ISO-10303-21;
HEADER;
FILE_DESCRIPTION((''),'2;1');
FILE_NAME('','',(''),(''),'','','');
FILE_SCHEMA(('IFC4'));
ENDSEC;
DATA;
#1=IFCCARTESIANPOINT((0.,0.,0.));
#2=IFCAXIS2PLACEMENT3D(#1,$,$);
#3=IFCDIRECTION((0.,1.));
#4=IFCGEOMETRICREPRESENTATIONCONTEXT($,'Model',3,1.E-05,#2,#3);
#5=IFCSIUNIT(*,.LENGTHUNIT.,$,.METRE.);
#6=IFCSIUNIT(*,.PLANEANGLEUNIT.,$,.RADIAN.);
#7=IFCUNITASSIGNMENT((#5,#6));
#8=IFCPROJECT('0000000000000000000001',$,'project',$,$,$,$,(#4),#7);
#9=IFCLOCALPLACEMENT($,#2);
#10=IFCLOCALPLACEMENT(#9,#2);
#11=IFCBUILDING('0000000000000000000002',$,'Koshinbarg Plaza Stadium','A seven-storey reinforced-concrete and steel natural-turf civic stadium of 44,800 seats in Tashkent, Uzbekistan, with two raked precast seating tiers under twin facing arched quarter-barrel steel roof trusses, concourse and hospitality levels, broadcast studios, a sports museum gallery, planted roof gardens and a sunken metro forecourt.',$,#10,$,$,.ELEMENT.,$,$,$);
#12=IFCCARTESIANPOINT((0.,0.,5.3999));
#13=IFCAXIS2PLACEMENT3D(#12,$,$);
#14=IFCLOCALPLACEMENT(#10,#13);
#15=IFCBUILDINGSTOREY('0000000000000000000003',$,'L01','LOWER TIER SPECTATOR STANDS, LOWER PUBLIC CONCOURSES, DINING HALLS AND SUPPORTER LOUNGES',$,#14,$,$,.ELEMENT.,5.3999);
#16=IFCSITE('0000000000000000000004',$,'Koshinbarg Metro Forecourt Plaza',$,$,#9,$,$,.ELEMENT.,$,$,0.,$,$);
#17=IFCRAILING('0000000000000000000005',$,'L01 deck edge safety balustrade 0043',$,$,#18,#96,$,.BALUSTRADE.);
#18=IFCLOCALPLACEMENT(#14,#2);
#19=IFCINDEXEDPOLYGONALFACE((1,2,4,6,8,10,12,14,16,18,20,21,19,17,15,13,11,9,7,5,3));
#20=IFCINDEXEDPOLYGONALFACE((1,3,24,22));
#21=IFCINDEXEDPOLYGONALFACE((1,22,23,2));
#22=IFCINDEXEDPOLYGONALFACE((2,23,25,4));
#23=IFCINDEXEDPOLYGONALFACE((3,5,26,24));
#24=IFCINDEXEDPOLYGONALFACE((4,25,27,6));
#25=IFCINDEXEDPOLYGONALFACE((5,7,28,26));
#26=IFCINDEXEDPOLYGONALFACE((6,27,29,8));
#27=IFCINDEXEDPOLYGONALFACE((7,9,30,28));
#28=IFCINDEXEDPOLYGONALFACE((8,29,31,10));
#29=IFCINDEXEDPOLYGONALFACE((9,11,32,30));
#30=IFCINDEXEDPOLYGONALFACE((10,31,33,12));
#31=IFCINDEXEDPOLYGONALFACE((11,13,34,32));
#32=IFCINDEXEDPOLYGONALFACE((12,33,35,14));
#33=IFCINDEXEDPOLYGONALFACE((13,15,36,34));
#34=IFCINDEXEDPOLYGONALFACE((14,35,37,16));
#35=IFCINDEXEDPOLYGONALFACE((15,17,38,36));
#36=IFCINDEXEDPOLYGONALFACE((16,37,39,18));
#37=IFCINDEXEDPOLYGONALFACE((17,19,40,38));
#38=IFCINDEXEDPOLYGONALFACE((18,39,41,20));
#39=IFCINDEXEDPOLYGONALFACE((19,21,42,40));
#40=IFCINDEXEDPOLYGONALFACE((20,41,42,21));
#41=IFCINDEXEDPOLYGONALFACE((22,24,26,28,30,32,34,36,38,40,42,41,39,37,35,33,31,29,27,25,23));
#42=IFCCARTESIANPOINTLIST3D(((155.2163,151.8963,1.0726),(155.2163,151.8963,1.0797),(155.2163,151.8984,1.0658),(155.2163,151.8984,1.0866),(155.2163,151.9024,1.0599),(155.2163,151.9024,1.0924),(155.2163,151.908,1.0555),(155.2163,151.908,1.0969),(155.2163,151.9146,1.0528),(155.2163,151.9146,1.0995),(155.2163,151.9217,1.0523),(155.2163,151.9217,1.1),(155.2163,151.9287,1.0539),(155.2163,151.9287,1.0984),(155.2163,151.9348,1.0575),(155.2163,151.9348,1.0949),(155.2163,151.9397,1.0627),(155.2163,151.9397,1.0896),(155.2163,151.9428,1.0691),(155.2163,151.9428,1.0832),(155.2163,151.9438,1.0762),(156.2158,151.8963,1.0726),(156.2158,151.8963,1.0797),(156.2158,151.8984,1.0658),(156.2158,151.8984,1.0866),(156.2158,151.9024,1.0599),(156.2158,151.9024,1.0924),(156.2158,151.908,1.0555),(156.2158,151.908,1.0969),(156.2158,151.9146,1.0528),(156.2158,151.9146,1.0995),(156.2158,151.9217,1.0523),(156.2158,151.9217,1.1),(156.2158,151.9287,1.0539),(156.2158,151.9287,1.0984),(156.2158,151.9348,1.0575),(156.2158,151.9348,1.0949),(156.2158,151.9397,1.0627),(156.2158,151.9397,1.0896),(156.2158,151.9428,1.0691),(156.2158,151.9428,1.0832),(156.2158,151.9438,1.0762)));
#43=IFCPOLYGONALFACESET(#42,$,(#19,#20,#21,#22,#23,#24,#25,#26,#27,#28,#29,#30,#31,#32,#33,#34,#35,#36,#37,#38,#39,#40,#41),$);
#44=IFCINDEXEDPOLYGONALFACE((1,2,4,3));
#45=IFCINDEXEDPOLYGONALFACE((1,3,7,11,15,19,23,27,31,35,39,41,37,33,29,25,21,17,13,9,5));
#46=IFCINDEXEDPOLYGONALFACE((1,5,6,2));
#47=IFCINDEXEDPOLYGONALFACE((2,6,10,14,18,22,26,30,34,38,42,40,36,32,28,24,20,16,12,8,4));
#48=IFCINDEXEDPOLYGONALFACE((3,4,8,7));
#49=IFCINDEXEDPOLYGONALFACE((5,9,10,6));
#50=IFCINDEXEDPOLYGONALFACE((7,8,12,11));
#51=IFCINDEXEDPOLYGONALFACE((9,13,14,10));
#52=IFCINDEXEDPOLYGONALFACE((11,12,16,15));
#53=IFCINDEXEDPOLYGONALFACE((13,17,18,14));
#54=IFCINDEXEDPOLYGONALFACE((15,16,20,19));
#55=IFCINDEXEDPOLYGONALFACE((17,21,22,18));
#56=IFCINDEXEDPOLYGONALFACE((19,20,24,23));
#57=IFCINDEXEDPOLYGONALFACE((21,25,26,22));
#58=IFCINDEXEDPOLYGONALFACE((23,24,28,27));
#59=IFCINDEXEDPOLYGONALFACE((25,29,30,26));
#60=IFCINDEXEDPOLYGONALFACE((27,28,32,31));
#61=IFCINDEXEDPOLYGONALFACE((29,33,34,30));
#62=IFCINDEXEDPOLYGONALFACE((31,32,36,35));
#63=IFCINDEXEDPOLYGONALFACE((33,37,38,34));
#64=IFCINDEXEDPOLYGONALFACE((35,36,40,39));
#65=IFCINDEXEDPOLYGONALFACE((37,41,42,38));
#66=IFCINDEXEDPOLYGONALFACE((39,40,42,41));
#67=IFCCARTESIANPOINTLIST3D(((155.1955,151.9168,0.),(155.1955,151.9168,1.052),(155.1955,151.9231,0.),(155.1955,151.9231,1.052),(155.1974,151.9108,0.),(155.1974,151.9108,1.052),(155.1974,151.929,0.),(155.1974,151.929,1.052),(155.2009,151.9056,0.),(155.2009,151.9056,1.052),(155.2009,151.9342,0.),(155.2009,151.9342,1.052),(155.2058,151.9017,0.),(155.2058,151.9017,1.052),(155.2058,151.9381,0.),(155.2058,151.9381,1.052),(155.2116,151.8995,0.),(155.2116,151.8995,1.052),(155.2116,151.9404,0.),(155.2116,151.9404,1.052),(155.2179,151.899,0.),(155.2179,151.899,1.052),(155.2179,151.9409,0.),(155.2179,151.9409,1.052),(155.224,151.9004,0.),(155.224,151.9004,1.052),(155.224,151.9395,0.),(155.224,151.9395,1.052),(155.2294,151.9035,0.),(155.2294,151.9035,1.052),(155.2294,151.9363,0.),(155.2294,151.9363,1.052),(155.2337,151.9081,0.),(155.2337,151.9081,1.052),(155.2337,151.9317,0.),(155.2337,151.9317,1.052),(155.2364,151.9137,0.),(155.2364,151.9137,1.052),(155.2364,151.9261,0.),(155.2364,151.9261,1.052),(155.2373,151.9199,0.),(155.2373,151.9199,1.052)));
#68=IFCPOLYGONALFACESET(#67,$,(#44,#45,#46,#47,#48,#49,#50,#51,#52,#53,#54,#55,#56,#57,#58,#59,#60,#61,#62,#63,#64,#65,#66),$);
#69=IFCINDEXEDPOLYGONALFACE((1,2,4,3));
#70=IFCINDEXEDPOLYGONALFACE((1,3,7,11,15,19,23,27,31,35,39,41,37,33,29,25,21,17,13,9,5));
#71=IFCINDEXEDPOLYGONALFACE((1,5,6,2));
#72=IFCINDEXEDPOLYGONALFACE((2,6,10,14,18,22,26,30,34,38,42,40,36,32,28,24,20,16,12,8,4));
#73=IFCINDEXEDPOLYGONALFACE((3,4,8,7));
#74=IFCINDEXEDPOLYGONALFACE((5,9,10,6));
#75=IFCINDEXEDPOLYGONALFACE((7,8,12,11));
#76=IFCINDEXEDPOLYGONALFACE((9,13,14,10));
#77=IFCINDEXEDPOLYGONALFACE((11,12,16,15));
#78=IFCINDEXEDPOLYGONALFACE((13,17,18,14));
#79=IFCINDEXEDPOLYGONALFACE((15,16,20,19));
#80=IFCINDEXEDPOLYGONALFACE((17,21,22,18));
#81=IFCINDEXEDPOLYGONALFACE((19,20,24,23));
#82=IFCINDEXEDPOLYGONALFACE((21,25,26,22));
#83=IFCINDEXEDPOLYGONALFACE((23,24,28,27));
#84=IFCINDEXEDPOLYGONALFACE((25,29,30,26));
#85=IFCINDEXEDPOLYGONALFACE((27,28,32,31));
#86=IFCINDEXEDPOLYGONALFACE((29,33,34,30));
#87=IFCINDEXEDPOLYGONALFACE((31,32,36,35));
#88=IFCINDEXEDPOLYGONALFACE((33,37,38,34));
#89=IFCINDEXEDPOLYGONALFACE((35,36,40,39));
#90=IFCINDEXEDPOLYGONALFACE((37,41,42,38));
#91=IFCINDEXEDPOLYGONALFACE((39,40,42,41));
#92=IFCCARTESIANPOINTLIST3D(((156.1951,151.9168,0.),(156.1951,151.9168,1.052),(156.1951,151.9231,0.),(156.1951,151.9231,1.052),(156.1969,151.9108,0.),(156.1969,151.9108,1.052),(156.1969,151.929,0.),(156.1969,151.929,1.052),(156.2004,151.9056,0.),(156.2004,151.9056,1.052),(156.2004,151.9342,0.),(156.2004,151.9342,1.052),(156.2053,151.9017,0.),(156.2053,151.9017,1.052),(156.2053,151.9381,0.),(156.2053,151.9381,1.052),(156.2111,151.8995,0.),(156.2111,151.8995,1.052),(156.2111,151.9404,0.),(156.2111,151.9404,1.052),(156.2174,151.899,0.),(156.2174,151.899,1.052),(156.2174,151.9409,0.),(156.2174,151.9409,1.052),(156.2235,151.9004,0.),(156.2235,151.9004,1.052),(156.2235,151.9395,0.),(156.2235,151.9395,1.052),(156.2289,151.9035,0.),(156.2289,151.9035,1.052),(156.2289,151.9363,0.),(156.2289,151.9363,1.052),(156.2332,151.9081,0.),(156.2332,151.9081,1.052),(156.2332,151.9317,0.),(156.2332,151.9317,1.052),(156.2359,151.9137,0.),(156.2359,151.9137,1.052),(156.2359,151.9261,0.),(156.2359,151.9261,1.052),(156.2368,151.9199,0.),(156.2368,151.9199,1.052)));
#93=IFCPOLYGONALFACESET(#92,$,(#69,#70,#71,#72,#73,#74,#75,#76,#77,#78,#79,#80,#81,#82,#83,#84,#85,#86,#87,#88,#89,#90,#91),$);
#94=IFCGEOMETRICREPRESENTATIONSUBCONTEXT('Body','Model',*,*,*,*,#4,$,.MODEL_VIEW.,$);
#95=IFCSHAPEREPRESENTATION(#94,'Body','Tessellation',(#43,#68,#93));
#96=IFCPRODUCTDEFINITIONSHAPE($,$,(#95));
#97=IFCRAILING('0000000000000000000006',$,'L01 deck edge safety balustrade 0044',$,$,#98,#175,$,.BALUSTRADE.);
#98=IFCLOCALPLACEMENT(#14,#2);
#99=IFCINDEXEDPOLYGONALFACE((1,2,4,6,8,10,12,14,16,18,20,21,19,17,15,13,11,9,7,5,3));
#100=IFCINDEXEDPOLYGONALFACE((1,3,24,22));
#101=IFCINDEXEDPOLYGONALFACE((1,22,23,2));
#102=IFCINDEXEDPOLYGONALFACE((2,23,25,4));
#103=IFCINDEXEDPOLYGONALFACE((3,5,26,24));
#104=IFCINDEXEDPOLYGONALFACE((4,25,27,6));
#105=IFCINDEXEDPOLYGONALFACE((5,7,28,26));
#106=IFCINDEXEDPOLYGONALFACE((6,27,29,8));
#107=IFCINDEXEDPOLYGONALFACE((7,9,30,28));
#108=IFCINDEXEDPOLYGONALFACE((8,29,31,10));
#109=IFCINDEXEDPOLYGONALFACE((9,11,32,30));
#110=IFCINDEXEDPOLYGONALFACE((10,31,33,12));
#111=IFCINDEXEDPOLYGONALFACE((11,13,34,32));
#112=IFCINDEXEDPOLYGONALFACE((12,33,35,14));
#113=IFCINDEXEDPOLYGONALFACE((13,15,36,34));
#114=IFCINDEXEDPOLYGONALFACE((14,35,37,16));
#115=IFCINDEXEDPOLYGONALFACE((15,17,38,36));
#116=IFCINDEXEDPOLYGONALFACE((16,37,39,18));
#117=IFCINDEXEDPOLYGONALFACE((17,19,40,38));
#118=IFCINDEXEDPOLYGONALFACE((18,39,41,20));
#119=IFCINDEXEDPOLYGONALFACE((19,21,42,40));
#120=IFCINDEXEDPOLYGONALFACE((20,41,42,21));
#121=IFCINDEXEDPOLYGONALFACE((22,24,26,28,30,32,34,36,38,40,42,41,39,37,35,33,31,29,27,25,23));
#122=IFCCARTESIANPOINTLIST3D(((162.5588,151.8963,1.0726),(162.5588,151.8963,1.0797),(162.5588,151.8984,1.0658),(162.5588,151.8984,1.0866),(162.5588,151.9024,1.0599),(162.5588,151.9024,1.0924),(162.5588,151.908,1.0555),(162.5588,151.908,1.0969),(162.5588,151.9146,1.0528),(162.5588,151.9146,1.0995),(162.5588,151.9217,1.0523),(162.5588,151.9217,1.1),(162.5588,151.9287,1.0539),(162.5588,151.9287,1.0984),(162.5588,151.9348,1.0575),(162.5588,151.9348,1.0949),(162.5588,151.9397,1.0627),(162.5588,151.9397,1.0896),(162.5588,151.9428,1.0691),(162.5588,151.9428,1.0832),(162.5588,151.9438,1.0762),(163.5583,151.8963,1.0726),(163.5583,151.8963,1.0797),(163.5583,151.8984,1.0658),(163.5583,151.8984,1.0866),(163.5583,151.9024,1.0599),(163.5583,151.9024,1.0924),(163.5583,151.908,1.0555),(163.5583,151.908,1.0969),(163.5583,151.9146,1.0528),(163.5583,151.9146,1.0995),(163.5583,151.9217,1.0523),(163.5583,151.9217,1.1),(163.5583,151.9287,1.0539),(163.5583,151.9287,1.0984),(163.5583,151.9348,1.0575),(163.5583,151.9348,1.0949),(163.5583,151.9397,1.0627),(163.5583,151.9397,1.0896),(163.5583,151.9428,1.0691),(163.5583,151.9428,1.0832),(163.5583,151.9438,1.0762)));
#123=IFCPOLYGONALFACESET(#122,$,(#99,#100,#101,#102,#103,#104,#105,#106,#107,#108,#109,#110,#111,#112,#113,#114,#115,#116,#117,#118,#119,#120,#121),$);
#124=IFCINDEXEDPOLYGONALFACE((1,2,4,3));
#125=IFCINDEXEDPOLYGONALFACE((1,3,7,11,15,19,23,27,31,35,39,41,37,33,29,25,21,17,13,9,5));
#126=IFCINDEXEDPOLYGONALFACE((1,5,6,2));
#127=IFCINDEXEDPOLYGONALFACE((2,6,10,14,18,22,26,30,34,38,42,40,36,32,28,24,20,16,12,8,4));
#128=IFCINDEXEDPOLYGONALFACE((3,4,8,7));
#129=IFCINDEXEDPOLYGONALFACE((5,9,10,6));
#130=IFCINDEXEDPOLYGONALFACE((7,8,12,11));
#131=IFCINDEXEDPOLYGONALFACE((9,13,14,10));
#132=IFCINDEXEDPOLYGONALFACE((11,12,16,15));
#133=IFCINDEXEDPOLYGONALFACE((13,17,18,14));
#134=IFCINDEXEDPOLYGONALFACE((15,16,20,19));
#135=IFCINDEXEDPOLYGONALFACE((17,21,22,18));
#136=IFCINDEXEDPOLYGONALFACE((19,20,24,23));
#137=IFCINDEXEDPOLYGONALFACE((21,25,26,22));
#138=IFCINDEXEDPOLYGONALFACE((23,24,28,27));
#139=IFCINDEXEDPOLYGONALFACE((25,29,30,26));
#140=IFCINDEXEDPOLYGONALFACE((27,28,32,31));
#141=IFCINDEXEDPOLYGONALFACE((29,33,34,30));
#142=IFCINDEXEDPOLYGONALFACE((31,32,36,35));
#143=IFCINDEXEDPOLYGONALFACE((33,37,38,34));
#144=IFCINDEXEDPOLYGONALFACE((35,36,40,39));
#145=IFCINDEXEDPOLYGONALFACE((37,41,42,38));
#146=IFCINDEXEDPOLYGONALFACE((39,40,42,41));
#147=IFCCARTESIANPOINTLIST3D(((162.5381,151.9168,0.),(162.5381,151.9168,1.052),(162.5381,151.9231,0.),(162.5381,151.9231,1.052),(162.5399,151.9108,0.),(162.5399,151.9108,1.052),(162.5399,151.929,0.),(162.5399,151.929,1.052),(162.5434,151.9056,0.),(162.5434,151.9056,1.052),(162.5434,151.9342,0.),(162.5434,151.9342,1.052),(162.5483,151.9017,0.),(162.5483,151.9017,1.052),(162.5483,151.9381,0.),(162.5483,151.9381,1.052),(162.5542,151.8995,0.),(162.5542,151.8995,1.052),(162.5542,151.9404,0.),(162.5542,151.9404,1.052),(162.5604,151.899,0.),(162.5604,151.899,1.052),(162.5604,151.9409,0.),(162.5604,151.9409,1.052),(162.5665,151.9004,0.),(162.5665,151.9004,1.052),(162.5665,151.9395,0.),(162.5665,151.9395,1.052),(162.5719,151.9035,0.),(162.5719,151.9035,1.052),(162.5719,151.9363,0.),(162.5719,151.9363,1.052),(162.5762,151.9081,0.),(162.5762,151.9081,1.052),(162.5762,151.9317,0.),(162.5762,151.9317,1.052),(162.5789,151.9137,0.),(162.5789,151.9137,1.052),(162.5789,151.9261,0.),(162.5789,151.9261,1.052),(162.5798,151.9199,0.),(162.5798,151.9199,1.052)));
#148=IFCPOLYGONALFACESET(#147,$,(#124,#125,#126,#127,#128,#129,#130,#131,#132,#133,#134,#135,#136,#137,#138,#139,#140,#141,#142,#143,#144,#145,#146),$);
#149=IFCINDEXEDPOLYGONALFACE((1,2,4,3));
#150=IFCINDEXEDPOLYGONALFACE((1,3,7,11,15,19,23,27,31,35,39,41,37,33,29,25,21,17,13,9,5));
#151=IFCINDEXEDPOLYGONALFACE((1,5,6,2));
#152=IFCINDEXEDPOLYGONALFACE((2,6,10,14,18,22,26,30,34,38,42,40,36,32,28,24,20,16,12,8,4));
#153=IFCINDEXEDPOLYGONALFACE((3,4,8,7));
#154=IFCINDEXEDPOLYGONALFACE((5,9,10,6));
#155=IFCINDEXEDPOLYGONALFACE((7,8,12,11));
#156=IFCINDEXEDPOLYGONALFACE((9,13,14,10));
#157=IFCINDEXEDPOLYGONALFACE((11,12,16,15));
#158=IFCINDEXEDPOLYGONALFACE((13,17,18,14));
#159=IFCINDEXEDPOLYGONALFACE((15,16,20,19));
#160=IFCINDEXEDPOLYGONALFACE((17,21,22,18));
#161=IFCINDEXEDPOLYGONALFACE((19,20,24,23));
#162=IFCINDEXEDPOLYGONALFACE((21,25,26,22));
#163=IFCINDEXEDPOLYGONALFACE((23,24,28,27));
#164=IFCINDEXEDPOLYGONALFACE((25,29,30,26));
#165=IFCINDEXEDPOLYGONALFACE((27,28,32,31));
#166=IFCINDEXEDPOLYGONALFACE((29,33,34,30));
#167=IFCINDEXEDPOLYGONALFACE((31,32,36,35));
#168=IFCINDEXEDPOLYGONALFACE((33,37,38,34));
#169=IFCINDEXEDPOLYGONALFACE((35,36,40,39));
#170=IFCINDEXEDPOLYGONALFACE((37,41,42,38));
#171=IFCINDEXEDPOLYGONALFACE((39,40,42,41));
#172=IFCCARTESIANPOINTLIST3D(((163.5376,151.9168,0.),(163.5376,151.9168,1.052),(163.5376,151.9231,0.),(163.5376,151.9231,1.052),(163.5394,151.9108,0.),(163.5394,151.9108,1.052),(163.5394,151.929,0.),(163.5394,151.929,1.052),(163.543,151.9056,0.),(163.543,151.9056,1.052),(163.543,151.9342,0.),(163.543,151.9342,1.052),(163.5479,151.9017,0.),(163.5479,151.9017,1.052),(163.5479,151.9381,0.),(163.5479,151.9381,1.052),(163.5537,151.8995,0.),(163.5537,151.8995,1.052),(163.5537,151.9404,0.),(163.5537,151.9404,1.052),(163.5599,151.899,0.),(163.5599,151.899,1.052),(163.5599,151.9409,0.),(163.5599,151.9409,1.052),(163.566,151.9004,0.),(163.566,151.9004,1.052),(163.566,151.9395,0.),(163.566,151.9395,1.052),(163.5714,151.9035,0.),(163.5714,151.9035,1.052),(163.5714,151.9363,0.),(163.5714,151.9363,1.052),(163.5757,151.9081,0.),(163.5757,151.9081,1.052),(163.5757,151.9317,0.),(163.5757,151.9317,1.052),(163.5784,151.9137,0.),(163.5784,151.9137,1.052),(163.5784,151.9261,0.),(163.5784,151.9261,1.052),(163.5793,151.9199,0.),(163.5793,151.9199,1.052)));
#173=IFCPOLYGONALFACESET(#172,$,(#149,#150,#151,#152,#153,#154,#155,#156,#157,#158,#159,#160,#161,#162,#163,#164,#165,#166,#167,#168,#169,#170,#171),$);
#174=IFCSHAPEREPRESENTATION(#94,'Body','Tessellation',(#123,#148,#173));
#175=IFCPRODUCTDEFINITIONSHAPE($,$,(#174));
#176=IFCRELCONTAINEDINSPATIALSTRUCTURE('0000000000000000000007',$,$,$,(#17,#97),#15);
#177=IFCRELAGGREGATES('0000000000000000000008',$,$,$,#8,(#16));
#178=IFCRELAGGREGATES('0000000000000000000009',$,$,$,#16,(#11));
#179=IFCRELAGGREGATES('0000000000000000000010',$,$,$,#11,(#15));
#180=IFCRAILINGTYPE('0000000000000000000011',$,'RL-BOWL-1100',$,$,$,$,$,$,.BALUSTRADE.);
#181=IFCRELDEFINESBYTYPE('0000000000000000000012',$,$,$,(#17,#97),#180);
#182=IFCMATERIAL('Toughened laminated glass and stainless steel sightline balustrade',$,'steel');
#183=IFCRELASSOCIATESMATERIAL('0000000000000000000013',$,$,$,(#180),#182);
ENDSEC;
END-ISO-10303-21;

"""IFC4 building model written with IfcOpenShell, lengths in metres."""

from ifc_helpers import new_model, si_unit, direction, frame, origin, origin_2d, place, context, subcontext, project, spatial, circle, extrude, material, type_object, element, save


model = new_model("IFC4")

# Units and contexts
model_context = context("Model", 3, precision=1e-05, world=origin(), true_north=direction((0.0, 1.0)))
body_context = subcontext(model_context, "Body", "Model", "MODEL_VIEW")
ifc_project = project(units=[si_unit("LENGTHUNIT", "METRE"), si_unit("PLANEANGLEUNIT", "RADIAN")], contexts=[model_context])

# Site, building, storey
site_placement = place(None, origin())
site = spatial("IfcSite", under=ifc_project, at=site_placement, Name="Koshinbarg Metro Forecourt Plaza", CompositionType="ELEMENT", RefElevation=0.0)
building_placement = place(site_placement, origin())
building = spatial("IfcBuilding", under=site, at=building_placement, Name="Koshinbarg Plaza Stadium", Description="A seven-storey reinforced-concrete and steel natural-turf civic stadium of 44,800 seats in Tashkent, Uzbekistan, with two raked precast seating tiers under twin facing arched quarter-barrel steel roof trusses, concourse and hospitality levels, broadcast studios, a sports museum gallery, planted roof gardens and a sunken metro forecourt.", CompositionType="ELEMENT")
storey_placement = place(building_placement, frame((0.0, 0.0, 5.3999)))
storey = spatial("IfcBuildingStorey", under=building, at=storey_placement, Name="L01", Description="LOWER TIER SPECTATOR STANDS, LOWER PUBLIC CONCOURSES, DINING HALLS AND SUPPORTER LOUNGES", CompositionType="ELEMENT", Elevation=5.3999)

# Railings
ifc_material_1 = material(Name="Toughened laminated glass and stainless steel sightline balustrade", Category="steel")
railing_type = type_object("IfcRailingType", Name="RL-BOWL-1100", PredefinedType="BALUSTRADE", material=ifc_material_1)
for number, where, name in (
    (1, (155.2163, 151.9199, 0.0), "L01 deck edge safety balustrade 0043"),
    (2, (162.5588, 151.9199, 0.0), "L01 deck edge safety balustrade 0044"),
):
    element("IfcRailing", number, at=place(storey_placement, frame(where)), inside=storey, type_object=railing_type, Name=name, PredefinedType="BALUSTRADE", context=body_context, shape_type="SweptSolid", body=[
        extrude(circle(Radius=0.0239, at=origin_2d()), frame((0.0, 0.0, 1.0762), z_axis=(1.0, 0.0, 0.0), x_axis=(0.0, 1.0, 0.0)), (0.0, 0.0, 1.0), 0.9995),
        extrude(circle(Radius=0.021, at=origin_2d()), origin(), (0.0, 0.0, 1.0), 1.052),
        extrude(circle(Radius=0.021, at=origin_2d()), frame((0.9995, 0.0, 0.0)), (0.0, 0.0, 1.0), 1.052),
    ])

save(model, "model.ifc")
